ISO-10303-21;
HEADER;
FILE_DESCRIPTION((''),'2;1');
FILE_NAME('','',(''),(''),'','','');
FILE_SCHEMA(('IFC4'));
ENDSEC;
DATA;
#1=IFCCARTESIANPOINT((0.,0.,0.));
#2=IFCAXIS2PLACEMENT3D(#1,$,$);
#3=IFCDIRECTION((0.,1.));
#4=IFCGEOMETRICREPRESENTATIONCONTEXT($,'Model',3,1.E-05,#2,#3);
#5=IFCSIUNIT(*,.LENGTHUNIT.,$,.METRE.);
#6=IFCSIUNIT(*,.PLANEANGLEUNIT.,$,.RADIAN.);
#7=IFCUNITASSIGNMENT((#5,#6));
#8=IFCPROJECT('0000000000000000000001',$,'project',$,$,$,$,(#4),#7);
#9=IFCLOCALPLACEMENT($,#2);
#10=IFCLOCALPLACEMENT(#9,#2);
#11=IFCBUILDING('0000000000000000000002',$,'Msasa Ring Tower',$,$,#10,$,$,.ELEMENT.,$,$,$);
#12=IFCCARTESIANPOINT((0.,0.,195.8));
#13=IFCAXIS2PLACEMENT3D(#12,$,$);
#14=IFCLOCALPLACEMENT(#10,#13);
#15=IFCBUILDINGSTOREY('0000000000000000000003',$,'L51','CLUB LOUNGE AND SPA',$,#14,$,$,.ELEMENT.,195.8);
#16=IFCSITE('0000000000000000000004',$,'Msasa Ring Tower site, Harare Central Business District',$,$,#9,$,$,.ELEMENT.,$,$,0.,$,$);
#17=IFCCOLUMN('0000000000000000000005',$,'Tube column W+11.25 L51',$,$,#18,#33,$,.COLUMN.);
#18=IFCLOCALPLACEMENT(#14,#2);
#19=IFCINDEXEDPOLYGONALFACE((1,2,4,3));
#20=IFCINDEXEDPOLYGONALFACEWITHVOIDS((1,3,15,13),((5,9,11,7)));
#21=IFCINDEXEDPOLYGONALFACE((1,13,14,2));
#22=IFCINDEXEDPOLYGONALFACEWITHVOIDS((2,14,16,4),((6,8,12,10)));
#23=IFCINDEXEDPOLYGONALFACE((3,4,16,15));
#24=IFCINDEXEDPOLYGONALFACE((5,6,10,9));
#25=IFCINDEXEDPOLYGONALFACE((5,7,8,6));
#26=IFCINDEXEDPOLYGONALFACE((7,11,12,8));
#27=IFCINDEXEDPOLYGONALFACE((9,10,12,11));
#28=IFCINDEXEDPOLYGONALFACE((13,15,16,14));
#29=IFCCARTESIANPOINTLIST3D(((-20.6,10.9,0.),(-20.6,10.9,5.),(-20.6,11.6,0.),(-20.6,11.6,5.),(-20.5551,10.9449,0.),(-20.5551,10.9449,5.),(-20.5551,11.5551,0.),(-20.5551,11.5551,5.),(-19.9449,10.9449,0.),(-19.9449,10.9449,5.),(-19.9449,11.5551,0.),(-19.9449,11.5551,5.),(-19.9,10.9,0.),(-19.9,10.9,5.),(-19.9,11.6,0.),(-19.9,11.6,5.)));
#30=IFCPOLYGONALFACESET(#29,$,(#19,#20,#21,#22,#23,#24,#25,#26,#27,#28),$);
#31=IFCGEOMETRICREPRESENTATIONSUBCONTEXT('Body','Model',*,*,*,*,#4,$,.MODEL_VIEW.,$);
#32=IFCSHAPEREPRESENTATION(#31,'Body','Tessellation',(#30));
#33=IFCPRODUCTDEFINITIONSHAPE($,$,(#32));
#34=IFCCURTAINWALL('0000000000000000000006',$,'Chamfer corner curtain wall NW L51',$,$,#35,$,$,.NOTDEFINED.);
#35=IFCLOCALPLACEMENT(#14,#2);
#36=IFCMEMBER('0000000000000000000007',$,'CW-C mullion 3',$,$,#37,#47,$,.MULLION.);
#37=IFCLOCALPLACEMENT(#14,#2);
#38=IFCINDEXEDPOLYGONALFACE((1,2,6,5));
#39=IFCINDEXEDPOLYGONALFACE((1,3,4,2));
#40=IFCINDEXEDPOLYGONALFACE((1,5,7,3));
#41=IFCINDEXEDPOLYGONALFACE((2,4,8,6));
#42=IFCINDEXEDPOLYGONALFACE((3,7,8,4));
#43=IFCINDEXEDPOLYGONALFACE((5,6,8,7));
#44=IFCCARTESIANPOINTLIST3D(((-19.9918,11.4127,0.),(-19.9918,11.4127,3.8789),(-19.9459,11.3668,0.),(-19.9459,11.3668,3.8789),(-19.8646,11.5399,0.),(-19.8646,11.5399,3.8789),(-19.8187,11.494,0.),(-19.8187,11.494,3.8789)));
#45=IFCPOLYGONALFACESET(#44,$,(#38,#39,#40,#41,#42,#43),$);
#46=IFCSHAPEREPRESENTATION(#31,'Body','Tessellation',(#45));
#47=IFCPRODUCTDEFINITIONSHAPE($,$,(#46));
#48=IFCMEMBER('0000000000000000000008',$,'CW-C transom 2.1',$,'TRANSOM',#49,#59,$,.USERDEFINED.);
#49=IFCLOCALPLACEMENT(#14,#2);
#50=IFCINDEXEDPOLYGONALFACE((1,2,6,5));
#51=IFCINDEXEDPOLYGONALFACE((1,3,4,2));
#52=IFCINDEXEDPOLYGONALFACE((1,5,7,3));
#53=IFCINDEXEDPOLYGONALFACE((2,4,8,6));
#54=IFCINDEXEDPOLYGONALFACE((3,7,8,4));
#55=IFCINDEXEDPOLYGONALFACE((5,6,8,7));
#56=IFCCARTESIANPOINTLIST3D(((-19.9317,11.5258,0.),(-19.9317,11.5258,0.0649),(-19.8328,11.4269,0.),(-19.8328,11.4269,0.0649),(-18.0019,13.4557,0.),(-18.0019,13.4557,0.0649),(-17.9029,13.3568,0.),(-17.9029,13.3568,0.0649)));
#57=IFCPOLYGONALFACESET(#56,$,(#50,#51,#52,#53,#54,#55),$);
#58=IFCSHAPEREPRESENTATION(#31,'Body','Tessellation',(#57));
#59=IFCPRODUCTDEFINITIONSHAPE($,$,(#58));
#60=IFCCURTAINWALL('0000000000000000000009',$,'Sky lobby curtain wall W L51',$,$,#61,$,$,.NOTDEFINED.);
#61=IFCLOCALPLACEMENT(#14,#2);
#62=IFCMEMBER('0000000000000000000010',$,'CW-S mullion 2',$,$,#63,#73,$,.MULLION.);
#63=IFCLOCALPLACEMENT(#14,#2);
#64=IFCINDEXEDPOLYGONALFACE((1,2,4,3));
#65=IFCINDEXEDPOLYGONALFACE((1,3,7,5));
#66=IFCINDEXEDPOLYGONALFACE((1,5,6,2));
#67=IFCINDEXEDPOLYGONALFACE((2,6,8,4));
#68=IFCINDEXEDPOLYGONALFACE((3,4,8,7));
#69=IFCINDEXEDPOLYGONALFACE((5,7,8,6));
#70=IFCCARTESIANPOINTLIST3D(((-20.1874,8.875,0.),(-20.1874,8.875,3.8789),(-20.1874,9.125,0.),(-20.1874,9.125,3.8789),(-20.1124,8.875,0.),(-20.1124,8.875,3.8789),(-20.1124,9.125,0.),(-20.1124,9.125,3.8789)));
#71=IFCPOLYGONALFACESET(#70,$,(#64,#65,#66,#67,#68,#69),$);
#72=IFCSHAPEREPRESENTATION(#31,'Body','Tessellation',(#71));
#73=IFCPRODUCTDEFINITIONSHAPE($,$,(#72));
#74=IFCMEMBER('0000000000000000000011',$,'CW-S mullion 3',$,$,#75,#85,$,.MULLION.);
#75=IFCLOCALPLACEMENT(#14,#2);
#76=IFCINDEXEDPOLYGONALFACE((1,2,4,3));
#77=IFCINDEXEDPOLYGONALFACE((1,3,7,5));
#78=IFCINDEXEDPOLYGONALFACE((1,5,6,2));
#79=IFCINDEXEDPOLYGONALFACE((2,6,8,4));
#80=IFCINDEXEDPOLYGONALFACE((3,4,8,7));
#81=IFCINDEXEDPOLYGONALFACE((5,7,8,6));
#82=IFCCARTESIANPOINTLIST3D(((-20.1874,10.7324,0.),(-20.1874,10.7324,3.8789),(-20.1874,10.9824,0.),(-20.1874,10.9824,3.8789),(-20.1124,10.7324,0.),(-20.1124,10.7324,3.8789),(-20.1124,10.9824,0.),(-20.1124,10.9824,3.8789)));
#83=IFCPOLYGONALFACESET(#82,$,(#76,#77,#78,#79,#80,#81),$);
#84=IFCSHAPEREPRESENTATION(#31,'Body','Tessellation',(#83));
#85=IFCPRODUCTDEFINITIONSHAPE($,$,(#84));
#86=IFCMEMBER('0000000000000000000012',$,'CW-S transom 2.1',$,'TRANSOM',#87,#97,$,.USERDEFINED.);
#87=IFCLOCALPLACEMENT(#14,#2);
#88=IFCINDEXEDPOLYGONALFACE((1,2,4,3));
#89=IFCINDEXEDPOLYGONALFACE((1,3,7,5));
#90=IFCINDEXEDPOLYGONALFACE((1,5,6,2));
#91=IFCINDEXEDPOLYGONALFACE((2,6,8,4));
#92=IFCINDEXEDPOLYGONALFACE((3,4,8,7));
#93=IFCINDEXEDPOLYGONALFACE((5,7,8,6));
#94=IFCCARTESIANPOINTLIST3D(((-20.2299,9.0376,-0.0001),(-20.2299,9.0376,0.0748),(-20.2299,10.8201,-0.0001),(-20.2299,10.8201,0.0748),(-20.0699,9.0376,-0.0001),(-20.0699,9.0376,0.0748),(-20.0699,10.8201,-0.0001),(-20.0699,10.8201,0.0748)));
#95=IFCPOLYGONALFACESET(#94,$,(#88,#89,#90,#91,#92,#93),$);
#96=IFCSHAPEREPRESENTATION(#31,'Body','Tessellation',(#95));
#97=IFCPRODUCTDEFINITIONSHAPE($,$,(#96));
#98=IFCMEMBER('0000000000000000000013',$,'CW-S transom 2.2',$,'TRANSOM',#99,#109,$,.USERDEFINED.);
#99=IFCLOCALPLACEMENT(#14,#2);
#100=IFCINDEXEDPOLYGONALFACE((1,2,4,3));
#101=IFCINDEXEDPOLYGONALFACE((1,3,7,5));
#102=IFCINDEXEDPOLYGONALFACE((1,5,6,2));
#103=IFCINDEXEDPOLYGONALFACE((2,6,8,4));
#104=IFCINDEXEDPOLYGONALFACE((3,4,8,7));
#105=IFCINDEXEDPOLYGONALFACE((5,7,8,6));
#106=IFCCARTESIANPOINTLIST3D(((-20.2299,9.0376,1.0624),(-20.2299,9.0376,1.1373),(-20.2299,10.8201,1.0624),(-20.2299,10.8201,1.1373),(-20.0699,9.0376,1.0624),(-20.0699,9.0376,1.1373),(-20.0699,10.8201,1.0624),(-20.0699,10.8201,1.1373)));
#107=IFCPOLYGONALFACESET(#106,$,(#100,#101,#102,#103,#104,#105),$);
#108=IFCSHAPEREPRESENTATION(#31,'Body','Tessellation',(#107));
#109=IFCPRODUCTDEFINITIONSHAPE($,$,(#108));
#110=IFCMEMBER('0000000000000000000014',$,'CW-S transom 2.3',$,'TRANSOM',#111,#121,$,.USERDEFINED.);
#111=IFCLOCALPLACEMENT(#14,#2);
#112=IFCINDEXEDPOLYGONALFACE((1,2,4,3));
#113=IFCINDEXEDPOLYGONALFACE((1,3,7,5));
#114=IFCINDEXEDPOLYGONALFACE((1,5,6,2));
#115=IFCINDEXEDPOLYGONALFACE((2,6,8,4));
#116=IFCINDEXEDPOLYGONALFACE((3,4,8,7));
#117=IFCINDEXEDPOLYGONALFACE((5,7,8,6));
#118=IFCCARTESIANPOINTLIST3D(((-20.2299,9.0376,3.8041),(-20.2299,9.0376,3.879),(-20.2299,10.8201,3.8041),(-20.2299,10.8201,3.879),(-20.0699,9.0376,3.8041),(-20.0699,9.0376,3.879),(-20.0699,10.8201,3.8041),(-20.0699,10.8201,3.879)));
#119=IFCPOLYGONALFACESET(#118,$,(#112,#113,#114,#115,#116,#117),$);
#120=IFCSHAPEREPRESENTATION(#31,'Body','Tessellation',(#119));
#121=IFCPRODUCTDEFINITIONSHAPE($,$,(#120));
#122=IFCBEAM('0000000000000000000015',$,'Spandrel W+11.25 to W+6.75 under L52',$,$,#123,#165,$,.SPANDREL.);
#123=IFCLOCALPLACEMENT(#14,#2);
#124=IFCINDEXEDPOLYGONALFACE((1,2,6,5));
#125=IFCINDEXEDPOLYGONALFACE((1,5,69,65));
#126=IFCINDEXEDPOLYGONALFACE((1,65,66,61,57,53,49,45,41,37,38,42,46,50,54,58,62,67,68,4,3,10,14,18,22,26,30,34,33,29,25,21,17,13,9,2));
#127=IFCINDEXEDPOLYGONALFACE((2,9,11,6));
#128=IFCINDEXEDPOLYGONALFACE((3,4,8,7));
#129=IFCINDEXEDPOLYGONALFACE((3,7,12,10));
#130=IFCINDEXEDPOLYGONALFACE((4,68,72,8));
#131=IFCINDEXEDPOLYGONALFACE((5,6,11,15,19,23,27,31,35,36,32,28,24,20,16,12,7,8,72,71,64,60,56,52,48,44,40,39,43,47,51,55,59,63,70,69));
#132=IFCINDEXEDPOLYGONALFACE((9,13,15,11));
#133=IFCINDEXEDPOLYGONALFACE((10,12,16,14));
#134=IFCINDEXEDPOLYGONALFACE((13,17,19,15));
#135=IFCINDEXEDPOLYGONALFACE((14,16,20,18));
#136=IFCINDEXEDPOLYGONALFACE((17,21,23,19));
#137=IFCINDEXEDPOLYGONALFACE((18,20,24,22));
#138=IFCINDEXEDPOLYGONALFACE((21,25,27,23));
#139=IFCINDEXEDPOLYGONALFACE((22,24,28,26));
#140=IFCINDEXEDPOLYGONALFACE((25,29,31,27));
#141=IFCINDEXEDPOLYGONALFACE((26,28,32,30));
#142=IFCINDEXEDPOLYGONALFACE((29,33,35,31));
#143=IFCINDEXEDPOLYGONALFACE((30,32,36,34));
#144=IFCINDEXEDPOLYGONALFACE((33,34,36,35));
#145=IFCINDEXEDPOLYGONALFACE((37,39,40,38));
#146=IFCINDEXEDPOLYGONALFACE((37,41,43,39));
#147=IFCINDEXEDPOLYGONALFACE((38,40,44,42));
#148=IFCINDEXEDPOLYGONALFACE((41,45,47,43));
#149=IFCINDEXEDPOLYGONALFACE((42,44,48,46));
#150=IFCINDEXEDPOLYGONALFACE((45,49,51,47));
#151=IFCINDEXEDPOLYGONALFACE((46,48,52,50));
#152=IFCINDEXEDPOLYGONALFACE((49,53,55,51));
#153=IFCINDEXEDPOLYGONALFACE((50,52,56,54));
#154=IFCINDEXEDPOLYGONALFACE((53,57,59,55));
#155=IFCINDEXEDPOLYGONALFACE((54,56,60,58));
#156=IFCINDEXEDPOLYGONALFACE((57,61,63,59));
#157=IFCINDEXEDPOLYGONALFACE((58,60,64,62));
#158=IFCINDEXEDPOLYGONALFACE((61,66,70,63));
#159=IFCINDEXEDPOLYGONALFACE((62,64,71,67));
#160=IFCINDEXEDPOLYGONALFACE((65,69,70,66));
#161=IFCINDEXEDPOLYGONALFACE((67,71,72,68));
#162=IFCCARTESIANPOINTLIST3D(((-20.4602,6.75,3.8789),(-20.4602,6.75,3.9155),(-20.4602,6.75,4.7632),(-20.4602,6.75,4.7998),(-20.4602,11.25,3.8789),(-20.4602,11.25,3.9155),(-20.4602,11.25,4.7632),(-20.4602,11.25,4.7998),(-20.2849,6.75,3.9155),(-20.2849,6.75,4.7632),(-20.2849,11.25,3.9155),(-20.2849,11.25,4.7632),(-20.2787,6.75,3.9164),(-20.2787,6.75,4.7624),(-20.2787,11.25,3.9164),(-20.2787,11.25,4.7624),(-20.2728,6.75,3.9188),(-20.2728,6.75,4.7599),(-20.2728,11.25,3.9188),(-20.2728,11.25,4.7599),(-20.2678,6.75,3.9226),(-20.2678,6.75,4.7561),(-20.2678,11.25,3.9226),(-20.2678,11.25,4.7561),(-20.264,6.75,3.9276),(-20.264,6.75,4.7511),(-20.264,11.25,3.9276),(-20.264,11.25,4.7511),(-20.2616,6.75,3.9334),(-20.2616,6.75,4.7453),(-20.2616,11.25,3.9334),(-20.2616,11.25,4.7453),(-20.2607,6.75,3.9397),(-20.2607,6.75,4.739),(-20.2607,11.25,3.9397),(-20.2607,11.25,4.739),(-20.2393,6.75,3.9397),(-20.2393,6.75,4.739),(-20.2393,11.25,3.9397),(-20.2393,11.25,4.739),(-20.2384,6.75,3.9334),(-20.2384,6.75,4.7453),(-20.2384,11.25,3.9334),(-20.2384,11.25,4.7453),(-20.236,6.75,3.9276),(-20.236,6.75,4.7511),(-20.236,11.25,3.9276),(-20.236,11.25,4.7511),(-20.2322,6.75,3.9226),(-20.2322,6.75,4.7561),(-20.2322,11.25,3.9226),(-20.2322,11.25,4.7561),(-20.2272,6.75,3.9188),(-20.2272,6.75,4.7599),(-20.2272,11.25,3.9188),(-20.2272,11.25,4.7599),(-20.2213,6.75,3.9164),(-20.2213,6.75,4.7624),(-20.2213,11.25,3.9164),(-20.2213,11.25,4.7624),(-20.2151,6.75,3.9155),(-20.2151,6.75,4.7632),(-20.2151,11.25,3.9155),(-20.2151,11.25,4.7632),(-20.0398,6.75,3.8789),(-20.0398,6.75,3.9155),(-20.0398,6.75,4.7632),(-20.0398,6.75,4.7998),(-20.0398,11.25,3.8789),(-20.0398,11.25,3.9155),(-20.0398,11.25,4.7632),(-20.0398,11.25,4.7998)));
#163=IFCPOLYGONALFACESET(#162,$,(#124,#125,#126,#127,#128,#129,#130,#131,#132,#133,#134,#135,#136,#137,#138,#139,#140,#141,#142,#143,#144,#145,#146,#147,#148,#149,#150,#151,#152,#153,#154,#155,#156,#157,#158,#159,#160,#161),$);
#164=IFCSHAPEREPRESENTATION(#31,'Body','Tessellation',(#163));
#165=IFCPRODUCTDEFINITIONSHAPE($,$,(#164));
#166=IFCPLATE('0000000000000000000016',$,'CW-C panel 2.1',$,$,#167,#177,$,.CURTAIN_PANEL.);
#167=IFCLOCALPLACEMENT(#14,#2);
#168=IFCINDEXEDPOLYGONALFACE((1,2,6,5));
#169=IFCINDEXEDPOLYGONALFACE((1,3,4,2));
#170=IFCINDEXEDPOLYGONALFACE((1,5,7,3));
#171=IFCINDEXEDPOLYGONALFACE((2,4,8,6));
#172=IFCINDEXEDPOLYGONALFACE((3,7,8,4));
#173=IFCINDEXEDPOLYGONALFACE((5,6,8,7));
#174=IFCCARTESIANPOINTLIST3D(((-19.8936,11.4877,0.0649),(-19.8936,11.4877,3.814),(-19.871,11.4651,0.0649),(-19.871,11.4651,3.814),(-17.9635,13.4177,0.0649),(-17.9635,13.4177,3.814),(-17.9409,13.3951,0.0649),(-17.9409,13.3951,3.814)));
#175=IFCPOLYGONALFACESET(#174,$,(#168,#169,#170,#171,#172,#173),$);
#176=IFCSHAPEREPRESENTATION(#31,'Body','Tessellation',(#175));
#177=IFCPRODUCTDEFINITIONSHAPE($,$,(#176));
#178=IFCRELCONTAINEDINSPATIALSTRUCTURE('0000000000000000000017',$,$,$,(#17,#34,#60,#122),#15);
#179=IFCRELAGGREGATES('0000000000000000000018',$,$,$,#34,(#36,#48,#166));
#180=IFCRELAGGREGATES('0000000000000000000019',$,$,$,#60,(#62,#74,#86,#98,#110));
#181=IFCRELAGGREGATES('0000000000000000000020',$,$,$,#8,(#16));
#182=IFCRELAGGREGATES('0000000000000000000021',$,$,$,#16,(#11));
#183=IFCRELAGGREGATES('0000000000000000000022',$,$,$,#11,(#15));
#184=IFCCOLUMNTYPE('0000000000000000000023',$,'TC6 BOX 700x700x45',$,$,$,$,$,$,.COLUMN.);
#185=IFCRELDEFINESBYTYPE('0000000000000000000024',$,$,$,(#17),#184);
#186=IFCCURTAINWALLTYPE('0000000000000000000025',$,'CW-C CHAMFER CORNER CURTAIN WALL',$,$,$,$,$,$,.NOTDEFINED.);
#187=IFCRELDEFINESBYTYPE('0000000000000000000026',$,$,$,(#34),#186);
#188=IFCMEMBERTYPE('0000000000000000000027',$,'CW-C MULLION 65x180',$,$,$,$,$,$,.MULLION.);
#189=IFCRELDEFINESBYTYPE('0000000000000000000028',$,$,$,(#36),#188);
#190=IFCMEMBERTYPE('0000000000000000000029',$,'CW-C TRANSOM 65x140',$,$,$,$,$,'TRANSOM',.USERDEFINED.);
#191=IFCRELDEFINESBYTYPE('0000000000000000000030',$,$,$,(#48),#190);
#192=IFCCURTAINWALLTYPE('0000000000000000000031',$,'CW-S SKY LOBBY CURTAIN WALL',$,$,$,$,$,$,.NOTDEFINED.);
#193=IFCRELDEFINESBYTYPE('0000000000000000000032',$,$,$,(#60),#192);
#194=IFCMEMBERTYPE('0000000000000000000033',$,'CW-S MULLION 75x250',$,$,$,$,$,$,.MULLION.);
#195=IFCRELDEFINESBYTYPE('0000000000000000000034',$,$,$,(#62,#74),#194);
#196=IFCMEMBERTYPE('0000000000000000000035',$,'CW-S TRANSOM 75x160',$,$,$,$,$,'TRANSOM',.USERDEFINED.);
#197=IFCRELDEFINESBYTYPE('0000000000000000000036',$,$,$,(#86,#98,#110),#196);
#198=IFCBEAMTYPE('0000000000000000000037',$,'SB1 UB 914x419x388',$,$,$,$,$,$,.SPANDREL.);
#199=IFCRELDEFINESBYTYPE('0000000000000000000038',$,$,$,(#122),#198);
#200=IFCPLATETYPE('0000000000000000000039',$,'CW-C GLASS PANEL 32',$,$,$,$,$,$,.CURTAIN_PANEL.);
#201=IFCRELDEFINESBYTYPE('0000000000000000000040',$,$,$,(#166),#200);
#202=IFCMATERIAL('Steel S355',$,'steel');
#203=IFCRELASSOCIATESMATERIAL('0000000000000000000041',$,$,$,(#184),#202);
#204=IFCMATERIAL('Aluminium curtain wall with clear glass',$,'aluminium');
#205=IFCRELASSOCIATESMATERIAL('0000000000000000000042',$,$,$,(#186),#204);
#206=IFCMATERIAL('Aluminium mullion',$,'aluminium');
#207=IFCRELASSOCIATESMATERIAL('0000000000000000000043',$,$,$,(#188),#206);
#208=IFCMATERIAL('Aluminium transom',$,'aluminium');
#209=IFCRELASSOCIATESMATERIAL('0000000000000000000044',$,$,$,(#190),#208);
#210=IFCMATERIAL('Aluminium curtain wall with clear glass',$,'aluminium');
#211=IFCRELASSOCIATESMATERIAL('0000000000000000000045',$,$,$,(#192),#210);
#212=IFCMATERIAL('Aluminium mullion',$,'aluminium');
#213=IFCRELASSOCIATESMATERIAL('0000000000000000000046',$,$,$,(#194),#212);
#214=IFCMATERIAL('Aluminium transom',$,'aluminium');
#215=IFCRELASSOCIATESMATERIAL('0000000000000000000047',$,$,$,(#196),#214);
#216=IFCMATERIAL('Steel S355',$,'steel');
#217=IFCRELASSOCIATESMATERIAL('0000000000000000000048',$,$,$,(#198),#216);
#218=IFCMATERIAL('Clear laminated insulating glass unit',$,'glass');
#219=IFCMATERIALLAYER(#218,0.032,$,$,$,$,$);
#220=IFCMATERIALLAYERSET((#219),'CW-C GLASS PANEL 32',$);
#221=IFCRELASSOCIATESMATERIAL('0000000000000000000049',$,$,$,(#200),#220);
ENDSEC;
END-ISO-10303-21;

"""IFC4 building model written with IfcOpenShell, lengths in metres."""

from ifc_helpers import new_model, si_unit, direction, frame, origin, origin_2d, place, context, subcontext, project, spatial, rectangle, hollow_rectangle, i_section, extrude, material, layer, layer_set, material_profile, profile_set, type_object, element, aggregate, save


model = new_model("IFC4")

# Units and contexts
model_context = context("Model", 3, precision=1e-05, world=origin(), true_north=direction((0.0, 1.0)))
body_context = subcontext(model_context, "Body", "Model", "MODEL_VIEW")
ifc_project = project(units=[si_unit("LENGTHUNIT", "METRE"), si_unit("PLANEANGLEUNIT", "RADIAN")], contexts=[model_context])

# Site, building, storey
site_placement = place(None, origin())
site = spatial("IfcSite", under=ifc_project, at=site_placement, Name="Msasa Ring Tower site, Harare Central Business District", CompositionType="ELEMENT", RefElevation=0.0)
building_placement = place(site_placement, origin())
building = spatial("IfcBuilding", under=site, at=building_placement, Name="Msasa Ring Tower", CompositionType="ELEMENT")
storey_placement = place(building_placement, frame((0.0, 0.0, 195.8)))
storey = spatial("IfcBuildingStorey", under=building, at=storey_placement, Name="L51", Description="CLUB LOUNGE AND SPA", CompositionType="ELEMENT", Elevation=195.8)

# Column
ifc_material_1 = material(Name="Steel S355", Category="steel")
ifc_material_profile_1 = material_profile(ifc_material_1, hollow_rectangle(XDim=0.7, YDim=0.7, WallThickness=0.0449, at=origin_2d()), Name="BOX 700x700x45")
ifc_profile_set_1 = profile_set([ifc_material_profile_1], Name="Steel S355")
column_type = type_object("IfcColumnType", Name="TC6 BOX 700x700x45", PredefinedType="COLUMN", material=ifc_profile_set_1)
column_placement = place(storey_placement, frame((-20.25, 11.25, 0.0), z_axis=(0.0, 0.0, 1.0), x_axis=(1.0, 0.0, 0.0)))
element("IfcColumn", 1, at=column_placement, inside=storey, type_object=column_type, Name="Tube column W+11.25 L51", PredefinedType="COLUMN", context=body_context, shape_type="SweptSolid", body=[
    extrude(hollow_rectangle(XDim=0.7, YDim=0.7, WallThickness=0.0449, at=origin_2d()), origin(), (0.0, 0.0, 1.0), 5.0),
])

# Curtain walls, members
ifc_material_2 = material(Name="Aluminium curtain wall with clear glass", Category="aluminium")
curtain_wall_type_1 = type_object("IfcCurtainWallType", Name="CW-C CHAMFER CORNER CURTAIN WALL", PredefinedType="NOTDEFINED", material=ifc_material_2)
curtain_wall_1_placement = place(storey_placement, origin())
curtain_wall_1 = element("IfcCurtainWall", 2, at=curtain_wall_1_placement, inside=storey, type_object=curtain_wall_type_1, Name="Chamfer corner curtain wall NW L51", PredefinedType="NOTDEFINED")
ifc_material_3 = material(Name="Aluminium mullion", Category="aluminium")
ifc_material_profile_2 = material_profile(ifc_material_3, rectangle(XDim=0.0649, YDim=0.1799, at=origin_2d()), Name="AL 65x180")
ifc_profile_set_2 = profile_set([ifc_material_profile_2], Name="Aluminium mullion")
member_type_1 = type_object("IfcMemberType", Name="CW-C MULLION 65x180", PredefinedType="MULLION", material=ifc_profile_set_2)
member_1_placement = place(storey_placement, frame((-19.9053, 11.4534, 0.0), z_axis=(0.0, 0.0, 1.0), x_axis=(0.707107, -0.707107, 0.0)))
member_1 = element("IfcMember", 3, at=member_1_placement, type_object=member_type_1, Name="CW-C mullion 3", PredefinedType="MULLION", context=body_context, shape_type="SweptSolid", body=[
    extrude(rectangle(XDim=0.0649, YDim=0.1799, at=origin_2d()), origin(), (0.0, 0.0, 1.0), 3.8789),
])
ifc_material_4 = material(Name="Aluminium transom", Category="aluminium")
ifc_material_profile_3 = material_profile(ifc_material_4, rectangle(XDim=0.1399, YDim=0.0649, at=origin_2d()), Name="AL 65x140")
ifc_profile_set_3 = profile_set([ifc_material_profile_3], Name="Aluminium transom")
member_type_2 = type_object("IfcMemberType", Name="CW-C TRANSOM 65x140", ElementType="TRANSOM", PredefinedType="USERDEFINED", material=ifc_profile_set_3)
member_2_placement = place(storey_placement, frame((-17.9524, 13.4062, 0.0325), z_axis=(-0.707107, -0.707107, 0.0), x_axis=(0.707107, -0.707107, 0.0)))
member_2 = element("IfcMember", 4, at=member_2_placement, type_object=member_type_2, Name="CW-C transom 2.1", ObjectType="TRANSOM", PredefinedType="USERDEFINED", context=body_context, shape_type="SweptSolid", body=[
    extrude(rectangle(XDim=0.1399, YDim=0.0649, at=origin_2d()), origin(), (0.0, 0.0, 1.0), 2.7292),
])
ifc_material_5 = material(Name="Aluminium curtain wall with clear glass", Category="aluminium")
curtain_wall_type_2 = type_object("IfcCurtainWallType", Name="CW-S SKY LOBBY CURTAIN WALL", PredefinedType="NOTDEFINED", material=ifc_material_5)
curtain_wall_2_placement = place(storey_placement, origin())
curtain_wall_2 = element("IfcCurtainWall", 5, at=curtain_wall_2_placement, inside=storey, type_object=curtain_wall_type_2, Name="Sky lobby curtain wall W L51", PredefinedType="NOTDEFINED")
ifc_material_6 = material(Name="Aluminium mullion", Category="aluminium")
ifc_material_profile_4 = material_profile(ifc_material_6, rectangle(XDim=0.075, YDim=0.25, at=origin_2d()), Name="AL 75x250")
ifc_profile_set_4 = profile_set([ifc_material_profile_4], Name="Aluminium mullion")
member_type_3 = type_object("IfcMemberType", Name="CW-S MULLION 75x250", PredefinedType="MULLION", material=ifc_profile_set_4)
member_3_placement = place(storey_placement, frame((-20.1499, 9.0, 0.0), z_axis=(0.0, 0.0, 1.0), x_axis=(-1.0, 0.0, 0.0)))
member_3 = element("IfcMember", 6, at=member_3_placement, type_object=member_type_3, Name="CW-S mullion 2", PredefinedType="MULLION", context=body_context, shape_type="SweptSolid", body=[
    extrude(rectangle(XDim=0.075, YDim=0.25, at=origin_2d()), origin(), (0.0, 0.0, 1.0), 3.8789),
])
member_4_placement = place(storey_placement, frame((-20.1499, 10.8574, 0.0), z_axis=(0.0, 0.0, 1.0), x_axis=(-1.0, 0.0, 0.0)))
member_4 = element("IfcMember", 7, at=member_4_placement, type_object=member_type_3, Name="CW-S mullion 3", PredefinedType="MULLION", context=body_context, shape_type="SweptSolid", body=[
    extrude(rectangle(XDim=0.075, YDim=0.25, at=origin_2d()), origin(), (0.0, 0.0, 1.0), 3.8789),
])
ifc_material_7 = material(Name="Aluminium transom", Category="aluminium")
ifc_material_profile_5 = material_profile(ifc_material_7, rectangle(XDim=0.1599, YDim=0.075, at=origin_2d()), Name="AL 75x160")
ifc_profile_set_5 = profile_set([ifc_material_profile_5], Name="Aluminium transom")
member_type_4 = type_object("IfcMemberType", Name="CW-S TRANSOM 75x160", ElementType="TRANSOM", PredefinedType="USERDEFINED", material=ifc_profile_set_5)
member_5_placement = place(storey_placement, frame((-20.1499, 9.0376, 0.0374), z_axis=(0.0, 1.0, 0.0), x_axis=(-1.0, 0.0, 0.0)))
member_5 = element("IfcMember", 8, at=member_5_placement, type_object=member_type_4, Name="CW-S transom 2.1", ObjectType="TRANSOM", PredefinedType="USERDEFINED", context=body_context, shape_type="SweptSolid", body=[
    extrude(rectangle(XDim=0.1599, YDim=0.075, at=origin_2d()), origin(), (0.0, 0.0, 1.0), 1.7825),
])
member_6_placement = place(storey_placement, frame((-20.1499, 9.0376, 1.0999), z_axis=(0.0, 1.0, 0.0), x_axis=(-1.0, 0.0, 0.0)))
member_6 = element("IfcMember", 9, at=member_6_placement, type_object=member_type_4, Name="CW-S transom 2.2", ObjectType="TRANSOM", PredefinedType="USERDEFINED", context=body_context, shape_type="SweptSolid", body=[
    extrude(rectangle(XDim=0.1599, YDim=0.075, at=origin_2d()), origin(), (0.0, 0.0, 1.0), 1.7825),
])
member_7_placement = place(storey_placement, frame((-20.1499, 9.0376, 3.8416), z_axis=(0.0, 1.0, 0.0), x_axis=(-1.0, 0.0, 0.0)))
member_7 = element("IfcMember", 10, at=member_7_placement, type_object=member_type_4, Name="CW-S transom 2.3", ObjectType="TRANSOM", PredefinedType="USERDEFINED", context=body_context, shape_type="SweptSolid", body=[
    extrude(rectangle(XDim=0.1599, YDim=0.075, at=origin_2d()), origin(), (0.0, 0.0, 1.0), 1.7825),
])

# Beam
ifc_material_8 = material(Name="Steel S355", Category="steel")
ifc_material_profile_6 = material_profile(ifc_material_8, i_section(OverallWidth=0.4204, OverallDepth=0.9209, WebThickness=0.0215, FlangeThickness=0.0366, FilletRadius=0.0242, at=origin_2d()), Name="UB 914x419x388")
ifc_profile_set_6 = profile_set([ifc_material_profile_6], Name="Steel S355")
beam_type = type_object("IfcBeamType", Name="SB1 UB 914x419x388", PredefinedType="SPANDREL", material=ifc_profile_set_6)
beam_placement = place(storey_placement, frame((-20.25, 11.25, 4.3394), z_axis=(0.0, -1.0, 0.0), x_axis=(1.0, 0.0, 0.0)))
element("IfcBeam", 11, at=beam_placement, inside=storey, type_object=beam_type, Name="Spandrel W+11.25 to W+6.75 under L52", PredefinedType="SPANDREL", context=body_context, shape_type="SweptSolid", body=[
    extrude(i_section(OverallWidth=0.4204, OverallDepth=0.9209, WebThickness=0.0215, FlangeThickness=0.0366, FilletRadius=0.0242, at=origin_2d()), origin(), (0.0, 0.0, 1.0), 4.5),
])

# Plate
ifc_material_9 = material(Name="Clear laminated insulating glass unit", Category="glass")
ifc_layer_1 = layer(ifc_material_9, 0.032)
ifc_layer_set_1 = layer_set([ifc_layer_1], Name="CW-C GLASS PANEL 32")
plate_type_1 = type_object("IfcPlateType", Name="CW-C GLASS PANEL 32", PredefinedType="CURTAIN_PANEL", material=ifc_layer_set_1)
plate_1_placement = place(storey_placement, frame((-18.9172, 12.4414, 0.0649), z_axis=(0.0, 0.0, 1.0), x_axis=(-0.707107, -0.707107, 0.0)))
plate_1 = element("IfcPlate", 12, at=plate_1_placement, type_object=plate_type_1, Name="CW-C panel 2.1", PredefinedType="CURTAIN_PANEL", context=body_context, shape_type="SweptSolid", body=[
    extrude(rectangle(XDim=2.7295, YDim=0.032, at=origin_2d()), origin(), (0.0, 0.0, 1.0), 3.749),
])
aggregate(curtain_wall_1, [member_1, member_2, plate_1])
aggregate(curtain_wall_2, [member_3, member_4, member_5, member_6, member_7])

save(model, "model.ifc")
